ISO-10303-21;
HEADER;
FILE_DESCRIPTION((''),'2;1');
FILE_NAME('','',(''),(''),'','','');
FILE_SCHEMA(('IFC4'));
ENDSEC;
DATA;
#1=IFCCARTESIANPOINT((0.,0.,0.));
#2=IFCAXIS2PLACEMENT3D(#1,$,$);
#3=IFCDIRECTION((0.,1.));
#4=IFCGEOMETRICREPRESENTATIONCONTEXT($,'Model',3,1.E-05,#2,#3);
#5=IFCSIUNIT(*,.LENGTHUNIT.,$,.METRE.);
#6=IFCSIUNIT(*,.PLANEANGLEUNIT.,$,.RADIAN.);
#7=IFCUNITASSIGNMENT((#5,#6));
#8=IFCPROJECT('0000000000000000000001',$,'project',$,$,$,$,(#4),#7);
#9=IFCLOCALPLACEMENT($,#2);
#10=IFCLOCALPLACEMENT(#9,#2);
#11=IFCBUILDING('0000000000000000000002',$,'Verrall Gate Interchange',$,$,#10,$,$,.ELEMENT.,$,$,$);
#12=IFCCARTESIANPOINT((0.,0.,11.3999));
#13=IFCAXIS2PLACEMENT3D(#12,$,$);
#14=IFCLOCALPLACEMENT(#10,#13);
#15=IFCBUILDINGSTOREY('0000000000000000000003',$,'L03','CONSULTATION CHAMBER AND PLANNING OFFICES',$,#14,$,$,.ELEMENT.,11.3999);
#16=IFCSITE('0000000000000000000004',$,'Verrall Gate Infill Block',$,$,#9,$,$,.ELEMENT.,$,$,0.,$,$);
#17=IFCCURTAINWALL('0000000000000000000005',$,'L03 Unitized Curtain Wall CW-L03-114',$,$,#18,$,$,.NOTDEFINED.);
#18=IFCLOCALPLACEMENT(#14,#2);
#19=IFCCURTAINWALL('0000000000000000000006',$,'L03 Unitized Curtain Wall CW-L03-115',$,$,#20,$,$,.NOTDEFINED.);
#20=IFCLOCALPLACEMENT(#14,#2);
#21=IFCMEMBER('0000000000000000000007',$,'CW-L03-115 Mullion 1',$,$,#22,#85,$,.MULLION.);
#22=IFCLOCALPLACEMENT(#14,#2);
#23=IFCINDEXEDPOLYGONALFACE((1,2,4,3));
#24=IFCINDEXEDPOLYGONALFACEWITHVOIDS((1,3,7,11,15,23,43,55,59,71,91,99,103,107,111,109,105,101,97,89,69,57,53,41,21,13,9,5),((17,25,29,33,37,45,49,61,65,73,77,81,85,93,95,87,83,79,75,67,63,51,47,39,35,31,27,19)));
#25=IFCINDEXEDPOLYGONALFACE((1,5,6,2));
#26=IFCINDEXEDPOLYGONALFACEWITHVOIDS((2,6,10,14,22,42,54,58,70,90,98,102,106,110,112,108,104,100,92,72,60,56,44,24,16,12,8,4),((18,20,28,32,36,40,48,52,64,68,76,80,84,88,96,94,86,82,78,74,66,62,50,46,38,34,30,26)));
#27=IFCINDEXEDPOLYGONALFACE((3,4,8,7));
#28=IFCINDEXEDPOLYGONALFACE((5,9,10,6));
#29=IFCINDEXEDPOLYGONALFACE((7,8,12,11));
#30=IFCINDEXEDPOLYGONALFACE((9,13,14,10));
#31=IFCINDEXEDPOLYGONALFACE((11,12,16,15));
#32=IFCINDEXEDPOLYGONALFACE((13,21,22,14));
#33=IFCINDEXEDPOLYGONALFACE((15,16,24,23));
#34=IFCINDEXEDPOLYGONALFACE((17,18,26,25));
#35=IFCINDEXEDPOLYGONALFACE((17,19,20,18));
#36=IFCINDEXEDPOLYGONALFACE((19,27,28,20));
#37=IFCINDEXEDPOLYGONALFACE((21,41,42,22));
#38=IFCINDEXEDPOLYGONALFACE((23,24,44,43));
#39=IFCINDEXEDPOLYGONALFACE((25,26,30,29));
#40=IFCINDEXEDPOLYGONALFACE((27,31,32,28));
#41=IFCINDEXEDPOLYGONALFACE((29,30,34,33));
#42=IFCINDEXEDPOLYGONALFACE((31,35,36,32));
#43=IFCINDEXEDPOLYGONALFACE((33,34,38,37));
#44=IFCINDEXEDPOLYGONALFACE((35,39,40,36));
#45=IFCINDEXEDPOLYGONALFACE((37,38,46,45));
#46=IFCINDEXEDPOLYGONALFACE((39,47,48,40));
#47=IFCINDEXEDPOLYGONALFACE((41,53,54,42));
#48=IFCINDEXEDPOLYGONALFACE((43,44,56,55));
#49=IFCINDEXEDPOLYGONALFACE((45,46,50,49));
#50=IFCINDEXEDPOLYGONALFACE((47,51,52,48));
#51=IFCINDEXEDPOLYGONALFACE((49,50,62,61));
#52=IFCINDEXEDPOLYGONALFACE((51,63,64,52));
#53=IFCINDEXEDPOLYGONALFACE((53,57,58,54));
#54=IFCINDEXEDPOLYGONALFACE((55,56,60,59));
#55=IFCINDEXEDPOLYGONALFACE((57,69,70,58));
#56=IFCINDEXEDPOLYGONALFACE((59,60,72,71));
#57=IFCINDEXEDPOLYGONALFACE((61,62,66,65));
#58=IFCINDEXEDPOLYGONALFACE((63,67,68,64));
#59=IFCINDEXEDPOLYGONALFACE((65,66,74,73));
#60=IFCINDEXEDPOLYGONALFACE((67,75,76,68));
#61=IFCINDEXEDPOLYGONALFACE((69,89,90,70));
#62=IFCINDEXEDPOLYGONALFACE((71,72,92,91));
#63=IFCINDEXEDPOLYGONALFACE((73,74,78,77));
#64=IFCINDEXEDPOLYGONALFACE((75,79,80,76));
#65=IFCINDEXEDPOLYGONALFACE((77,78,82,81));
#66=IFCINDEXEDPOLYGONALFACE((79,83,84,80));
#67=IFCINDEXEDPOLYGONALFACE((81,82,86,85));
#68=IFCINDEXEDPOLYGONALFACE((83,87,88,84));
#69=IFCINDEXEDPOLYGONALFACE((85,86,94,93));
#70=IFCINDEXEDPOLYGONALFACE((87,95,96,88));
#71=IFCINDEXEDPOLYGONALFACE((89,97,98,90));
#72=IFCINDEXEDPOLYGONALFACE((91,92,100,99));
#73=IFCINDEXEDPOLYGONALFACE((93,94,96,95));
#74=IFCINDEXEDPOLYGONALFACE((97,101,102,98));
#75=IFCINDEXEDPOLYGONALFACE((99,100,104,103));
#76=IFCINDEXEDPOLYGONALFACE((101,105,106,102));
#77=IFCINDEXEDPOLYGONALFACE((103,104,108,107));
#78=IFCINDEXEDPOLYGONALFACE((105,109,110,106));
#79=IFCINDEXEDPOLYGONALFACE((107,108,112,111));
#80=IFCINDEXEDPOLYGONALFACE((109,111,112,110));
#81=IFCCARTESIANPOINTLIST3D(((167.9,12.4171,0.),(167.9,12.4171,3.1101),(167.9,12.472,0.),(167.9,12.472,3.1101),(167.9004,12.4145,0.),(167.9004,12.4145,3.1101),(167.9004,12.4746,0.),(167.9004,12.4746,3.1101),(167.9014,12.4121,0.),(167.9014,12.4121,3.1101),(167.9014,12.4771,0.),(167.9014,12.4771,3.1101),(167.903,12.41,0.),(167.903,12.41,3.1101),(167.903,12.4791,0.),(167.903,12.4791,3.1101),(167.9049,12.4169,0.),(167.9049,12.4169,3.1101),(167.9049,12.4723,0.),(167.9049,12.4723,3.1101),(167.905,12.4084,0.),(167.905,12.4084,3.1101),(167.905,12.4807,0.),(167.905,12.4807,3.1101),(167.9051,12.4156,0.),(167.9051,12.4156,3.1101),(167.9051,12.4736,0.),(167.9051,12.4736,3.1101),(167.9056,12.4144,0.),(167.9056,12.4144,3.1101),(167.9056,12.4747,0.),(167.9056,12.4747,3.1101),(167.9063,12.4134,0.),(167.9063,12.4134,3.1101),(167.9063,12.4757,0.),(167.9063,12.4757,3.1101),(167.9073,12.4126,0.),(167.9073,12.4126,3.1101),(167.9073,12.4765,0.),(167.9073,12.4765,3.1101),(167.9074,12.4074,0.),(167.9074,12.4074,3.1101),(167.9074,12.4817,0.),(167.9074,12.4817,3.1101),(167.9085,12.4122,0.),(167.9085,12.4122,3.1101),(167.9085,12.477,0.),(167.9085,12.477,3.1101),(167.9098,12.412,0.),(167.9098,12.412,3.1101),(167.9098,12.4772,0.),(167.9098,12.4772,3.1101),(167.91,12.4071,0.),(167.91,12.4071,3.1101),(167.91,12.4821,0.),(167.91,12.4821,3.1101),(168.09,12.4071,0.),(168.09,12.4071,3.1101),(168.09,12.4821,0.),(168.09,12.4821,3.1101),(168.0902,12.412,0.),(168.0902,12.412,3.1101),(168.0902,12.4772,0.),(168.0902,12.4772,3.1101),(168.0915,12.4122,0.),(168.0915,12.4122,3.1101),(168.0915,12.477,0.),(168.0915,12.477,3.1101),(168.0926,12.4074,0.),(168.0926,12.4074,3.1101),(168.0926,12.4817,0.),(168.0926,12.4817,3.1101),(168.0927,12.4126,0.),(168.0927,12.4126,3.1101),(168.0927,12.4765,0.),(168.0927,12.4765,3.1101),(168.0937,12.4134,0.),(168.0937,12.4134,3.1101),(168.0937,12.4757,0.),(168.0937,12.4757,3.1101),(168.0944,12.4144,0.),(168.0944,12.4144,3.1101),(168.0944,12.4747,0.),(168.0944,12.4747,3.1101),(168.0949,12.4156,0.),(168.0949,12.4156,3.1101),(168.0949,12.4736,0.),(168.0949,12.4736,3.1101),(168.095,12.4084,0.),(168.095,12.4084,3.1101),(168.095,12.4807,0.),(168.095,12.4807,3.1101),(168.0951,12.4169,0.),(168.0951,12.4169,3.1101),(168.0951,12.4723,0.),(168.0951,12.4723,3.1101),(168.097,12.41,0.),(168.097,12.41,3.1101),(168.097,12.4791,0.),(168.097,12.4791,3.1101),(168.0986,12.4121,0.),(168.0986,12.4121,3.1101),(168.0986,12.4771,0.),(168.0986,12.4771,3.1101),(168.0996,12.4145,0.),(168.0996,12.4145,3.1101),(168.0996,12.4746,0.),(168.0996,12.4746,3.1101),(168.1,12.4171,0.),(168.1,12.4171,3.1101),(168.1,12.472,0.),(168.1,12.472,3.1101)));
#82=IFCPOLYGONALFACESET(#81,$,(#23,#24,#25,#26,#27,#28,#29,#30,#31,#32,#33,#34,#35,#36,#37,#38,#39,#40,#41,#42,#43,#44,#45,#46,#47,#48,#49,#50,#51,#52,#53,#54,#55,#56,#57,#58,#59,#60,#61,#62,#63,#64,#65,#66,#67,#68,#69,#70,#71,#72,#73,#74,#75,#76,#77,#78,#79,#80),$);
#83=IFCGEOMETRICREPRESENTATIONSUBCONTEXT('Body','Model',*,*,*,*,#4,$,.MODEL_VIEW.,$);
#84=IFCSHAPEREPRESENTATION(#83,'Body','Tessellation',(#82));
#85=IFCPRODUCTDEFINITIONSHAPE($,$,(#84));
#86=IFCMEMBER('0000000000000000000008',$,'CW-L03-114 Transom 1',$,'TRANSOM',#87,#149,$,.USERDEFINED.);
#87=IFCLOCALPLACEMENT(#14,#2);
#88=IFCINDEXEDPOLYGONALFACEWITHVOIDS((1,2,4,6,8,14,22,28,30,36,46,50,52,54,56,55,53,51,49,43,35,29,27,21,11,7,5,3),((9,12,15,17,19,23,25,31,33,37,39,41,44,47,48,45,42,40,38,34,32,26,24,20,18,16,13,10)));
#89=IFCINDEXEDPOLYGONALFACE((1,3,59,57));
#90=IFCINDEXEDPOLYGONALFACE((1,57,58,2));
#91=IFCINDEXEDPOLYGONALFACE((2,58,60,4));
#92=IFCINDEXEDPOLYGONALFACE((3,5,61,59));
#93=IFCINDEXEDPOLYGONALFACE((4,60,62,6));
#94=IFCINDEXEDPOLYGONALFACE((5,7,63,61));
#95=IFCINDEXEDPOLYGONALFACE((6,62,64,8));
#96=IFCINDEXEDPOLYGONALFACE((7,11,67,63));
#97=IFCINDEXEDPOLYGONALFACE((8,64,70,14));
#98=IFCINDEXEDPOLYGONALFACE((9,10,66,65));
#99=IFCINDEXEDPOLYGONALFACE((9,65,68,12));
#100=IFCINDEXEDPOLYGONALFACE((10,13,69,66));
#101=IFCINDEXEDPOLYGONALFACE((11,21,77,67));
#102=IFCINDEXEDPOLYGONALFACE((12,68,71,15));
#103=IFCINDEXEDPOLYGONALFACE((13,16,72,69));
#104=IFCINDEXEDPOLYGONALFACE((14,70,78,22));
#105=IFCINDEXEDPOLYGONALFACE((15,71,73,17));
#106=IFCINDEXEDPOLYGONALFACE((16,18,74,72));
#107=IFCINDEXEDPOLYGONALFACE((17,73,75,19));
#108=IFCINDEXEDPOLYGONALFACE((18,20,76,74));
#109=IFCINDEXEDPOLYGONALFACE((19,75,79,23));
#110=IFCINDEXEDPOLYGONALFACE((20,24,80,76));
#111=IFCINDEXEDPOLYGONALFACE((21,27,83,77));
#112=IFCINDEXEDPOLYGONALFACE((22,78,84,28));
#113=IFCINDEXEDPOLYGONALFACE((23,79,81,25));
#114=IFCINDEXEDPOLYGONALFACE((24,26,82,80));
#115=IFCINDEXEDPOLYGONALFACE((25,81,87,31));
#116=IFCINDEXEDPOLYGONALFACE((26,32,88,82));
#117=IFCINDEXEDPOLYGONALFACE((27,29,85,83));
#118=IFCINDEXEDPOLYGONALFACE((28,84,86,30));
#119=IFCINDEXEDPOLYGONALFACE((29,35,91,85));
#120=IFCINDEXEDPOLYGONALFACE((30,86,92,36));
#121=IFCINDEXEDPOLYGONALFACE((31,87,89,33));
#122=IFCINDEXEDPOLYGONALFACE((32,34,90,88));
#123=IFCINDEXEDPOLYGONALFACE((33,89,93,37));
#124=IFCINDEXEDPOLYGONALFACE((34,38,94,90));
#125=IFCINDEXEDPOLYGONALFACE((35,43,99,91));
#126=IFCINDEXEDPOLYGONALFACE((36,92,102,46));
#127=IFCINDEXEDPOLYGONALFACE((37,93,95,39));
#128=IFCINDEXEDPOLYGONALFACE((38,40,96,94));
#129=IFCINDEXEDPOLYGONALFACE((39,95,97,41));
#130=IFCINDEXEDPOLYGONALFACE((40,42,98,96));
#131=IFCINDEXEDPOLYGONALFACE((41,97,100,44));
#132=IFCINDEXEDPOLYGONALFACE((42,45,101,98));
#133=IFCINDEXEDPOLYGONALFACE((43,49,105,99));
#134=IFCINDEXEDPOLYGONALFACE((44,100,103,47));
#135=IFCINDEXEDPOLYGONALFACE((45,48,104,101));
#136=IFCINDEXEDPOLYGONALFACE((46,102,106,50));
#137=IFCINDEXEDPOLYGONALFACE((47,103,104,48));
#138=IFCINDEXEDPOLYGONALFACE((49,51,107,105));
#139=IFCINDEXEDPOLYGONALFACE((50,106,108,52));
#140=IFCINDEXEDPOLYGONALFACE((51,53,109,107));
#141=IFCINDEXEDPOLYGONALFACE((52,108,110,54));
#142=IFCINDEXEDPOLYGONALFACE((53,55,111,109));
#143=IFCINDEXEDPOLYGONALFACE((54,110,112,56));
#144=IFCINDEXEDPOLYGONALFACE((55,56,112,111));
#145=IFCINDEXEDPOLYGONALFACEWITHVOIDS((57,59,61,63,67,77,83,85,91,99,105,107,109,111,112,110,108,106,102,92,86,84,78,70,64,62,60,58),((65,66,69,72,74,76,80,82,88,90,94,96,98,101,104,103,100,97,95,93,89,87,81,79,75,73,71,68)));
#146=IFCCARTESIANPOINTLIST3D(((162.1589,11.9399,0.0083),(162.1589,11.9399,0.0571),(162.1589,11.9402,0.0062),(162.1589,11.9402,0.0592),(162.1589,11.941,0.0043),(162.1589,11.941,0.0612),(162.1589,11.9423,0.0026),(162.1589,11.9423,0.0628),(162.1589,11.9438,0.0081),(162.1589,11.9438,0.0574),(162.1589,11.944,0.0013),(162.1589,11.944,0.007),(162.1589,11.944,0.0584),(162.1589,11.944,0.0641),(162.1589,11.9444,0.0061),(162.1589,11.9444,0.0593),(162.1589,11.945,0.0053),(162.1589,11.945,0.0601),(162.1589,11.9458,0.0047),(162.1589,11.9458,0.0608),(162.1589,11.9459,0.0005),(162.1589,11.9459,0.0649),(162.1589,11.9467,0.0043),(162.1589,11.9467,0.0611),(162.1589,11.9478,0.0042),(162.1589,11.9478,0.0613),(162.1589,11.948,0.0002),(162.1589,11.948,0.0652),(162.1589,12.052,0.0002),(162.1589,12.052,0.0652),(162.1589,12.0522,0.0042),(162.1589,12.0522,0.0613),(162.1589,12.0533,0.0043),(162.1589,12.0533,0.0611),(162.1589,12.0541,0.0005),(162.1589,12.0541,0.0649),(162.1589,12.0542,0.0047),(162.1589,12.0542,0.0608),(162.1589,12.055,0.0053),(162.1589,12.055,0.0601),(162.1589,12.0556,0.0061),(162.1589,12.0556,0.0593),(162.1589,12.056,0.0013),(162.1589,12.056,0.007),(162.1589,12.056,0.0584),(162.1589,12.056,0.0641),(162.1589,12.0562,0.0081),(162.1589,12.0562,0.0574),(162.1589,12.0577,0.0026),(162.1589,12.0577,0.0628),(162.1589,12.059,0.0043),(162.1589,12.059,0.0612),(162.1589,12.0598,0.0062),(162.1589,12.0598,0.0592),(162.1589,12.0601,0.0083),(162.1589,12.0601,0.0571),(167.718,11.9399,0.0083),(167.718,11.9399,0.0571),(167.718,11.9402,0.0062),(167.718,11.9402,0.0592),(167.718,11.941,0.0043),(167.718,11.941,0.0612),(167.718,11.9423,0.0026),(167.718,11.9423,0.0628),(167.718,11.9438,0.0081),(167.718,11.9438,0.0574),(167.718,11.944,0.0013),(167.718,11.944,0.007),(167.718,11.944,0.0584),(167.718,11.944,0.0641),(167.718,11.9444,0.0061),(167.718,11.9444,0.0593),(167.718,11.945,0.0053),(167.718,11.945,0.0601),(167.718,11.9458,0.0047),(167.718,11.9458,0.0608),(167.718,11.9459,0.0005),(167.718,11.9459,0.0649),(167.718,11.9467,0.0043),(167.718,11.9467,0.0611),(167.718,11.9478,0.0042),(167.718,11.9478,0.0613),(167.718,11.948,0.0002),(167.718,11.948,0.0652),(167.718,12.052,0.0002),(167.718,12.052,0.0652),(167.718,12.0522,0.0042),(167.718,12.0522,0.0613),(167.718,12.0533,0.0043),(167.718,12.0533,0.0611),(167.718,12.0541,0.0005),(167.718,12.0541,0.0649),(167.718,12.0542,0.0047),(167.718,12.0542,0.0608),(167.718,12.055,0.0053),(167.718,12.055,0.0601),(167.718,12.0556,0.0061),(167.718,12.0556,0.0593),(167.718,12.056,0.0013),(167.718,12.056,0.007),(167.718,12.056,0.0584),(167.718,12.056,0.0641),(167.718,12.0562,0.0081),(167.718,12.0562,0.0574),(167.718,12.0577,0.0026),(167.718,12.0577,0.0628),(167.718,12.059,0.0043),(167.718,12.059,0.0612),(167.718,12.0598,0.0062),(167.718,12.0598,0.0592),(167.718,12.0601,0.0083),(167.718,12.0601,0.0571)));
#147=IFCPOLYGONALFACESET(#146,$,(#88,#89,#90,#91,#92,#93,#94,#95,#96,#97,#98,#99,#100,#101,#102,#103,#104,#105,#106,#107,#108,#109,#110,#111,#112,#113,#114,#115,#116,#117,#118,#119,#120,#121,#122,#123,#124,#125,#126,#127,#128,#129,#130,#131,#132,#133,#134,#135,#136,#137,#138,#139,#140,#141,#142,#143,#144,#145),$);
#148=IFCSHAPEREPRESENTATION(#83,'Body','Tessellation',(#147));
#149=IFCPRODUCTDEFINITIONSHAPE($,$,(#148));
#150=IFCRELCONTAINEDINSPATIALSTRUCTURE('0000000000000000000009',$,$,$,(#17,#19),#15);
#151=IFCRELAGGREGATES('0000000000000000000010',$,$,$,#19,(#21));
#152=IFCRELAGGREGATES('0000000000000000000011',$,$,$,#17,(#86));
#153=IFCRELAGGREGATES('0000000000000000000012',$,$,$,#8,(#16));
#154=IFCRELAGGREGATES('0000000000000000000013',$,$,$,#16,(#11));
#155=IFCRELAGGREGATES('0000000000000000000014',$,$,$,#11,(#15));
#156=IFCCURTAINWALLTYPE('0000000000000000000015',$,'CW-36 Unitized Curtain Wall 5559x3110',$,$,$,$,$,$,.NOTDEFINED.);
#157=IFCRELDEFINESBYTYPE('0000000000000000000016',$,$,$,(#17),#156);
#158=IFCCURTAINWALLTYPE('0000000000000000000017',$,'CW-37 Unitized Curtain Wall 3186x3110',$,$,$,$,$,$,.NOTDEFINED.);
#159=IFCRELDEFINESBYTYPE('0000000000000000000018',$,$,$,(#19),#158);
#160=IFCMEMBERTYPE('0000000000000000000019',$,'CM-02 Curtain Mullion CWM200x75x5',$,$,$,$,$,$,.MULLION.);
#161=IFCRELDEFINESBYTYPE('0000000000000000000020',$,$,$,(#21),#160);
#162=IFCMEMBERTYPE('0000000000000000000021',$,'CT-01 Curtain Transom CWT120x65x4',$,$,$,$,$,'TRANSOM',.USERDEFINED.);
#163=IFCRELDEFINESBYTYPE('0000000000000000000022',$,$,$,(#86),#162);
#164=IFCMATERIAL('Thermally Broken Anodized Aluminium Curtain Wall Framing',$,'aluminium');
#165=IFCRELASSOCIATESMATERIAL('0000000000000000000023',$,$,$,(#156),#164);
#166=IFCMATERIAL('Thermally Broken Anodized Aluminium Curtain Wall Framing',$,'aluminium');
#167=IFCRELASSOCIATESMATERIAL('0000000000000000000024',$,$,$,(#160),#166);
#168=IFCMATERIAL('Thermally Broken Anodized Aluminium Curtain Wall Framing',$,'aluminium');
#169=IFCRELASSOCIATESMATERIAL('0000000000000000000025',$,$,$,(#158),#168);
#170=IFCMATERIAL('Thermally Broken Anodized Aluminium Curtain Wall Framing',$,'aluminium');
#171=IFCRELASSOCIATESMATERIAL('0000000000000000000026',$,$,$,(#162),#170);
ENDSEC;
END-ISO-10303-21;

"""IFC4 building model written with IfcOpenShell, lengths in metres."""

from ifc_helpers import new_model, si_unit, direction, frame, origin, origin_2d, place, context, subcontext, project, spatial, hollow_rectangle, extrude, material, material_profile, profile_set, type_object, element, aggregate, save


model = new_model("IFC4")

# Units and contexts
model_context = context("Model", 3, precision=1e-05, world=origin(), true_north=direction((0.0, 1.0)))
body_context = subcontext(model_context, "Body", "Model", "MODEL_VIEW")
ifc_project = project(units=[si_unit("LENGTHUNIT", "METRE"), si_unit("PLANEANGLEUNIT", "RADIAN")], contexts=[model_context])

# Site, building, storey
site_placement = place(None, origin())
site = spatial("IfcSite", under=ifc_project, at=site_placement, Name="Verrall Gate Infill Block", CompositionType="ELEMENT", RefElevation=0.0)
building_placement = place(site_placement, origin())
building = spatial("IfcBuilding", under=site, at=building_placement, Name="Verrall Gate Interchange", CompositionType="ELEMENT")
storey_placement = place(building_placement, frame((0.0, 0.0, 11.3999)))
storey = spatial("IfcBuildingStorey", under=building, at=storey_placement, Name="L03", Description="CONSULTATION CHAMBER AND PLANNING OFFICES", CompositionType="ELEMENT", Elevation=11.3999)

# Curtain wall
ifc_material_1 = material(Name="Thermally Broken Anodized Aluminium Curtain Wall Framing", Category="aluminium")
curtain_wall_type_1 = type_object("IfcCurtainWallType", Name="CW-36 Unitized Curtain Wall 5559x3110", PredefinedType="NOTDEFINED", material=ifc_material_1)
curtain_wall_1_placement = place(storey_placement, origin())
curtain_wall_1 = element("IfcCurtainWall", 1, at=curtain_wall_1_placement, inside=storey, type_object=curtain_wall_type_1, Name="L03 Unitized Curtain Wall CW-L03-114", PredefinedType="NOTDEFINED")

# Curtain wall, member
ifc_material_2 = material(Name="Thermally Broken Anodized Aluminium Curtain Wall Framing", Category="aluminium")
ifc_material_profile_1 = material_profile(ifc_material_2, hollow_rectangle(XDim=0.075, YDim=0.2, WallThickness=0.0049, InnerFilletRadius=0.0049, OuterFilletRadius=0.01, at=origin_2d()), Name="CWM200x75x5")
ifc_profile_set_1 = profile_set([ifc_material_profile_1], Name="Thermally Broken Anodized Aluminium Curtain Wall Framing")
member_type_1 = type_object("IfcMemberType", Name="CM-02 Curtain Mullion CWM200x75x5", PredefinedType="MULLION", material=ifc_profile_set_1)
ifc_material_3 = material(Name="Thermally Broken Anodized Aluminium Curtain Wall Framing", Category="aluminium")
curtain_wall_type_2 = type_object("IfcCurtainWallType", Name="CW-37 Unitized Curtain Wall 3186x3110", PredefinedType="NOTDEFINED", material=ifc_material_3)
curtain_wall_2_placement = place(storey_placement, origin())
curtain_wall_2 = element("IfcCurtainWall", 2, at=curtain_wall_2_placement, inside=storey, type_object=curtain_wall_type_2, Name="L03 Unitized Curtain Wall CW-L03-115", PredefinedType="NOTDEFINED")
member_1_placement = place(storey_placement, frame((168.0, 12.4446, 0.0), z_axis=(0.0, 0.0, 1.0), x_axis=(0.0, 1.0, 0.0)))
member_1 = element("IfcMember", 3, at=member_1_placement, type_object=member_type_1, Name="CW-L03-115 Mullion 1", PredefinedType="MULLION", context=body_context, shape_type="SweptSolid", body=[
    extrude(hollow_rectangle(XDim=0.075, YDim=0.2, WallThickness=0.0049, InnerFilletRadius=0.0049, OuterFilletRadius=0.01, at=origin_2d()), origin(), (0.0, 0.0, 1.0), 3.1101),
])

# Member
ifc_material_4 = material(Name="Thermally Broken Anodized Aluminium Curtain Wall Framing", Category="aluminium")
ifc_material_profile_2 = material_profile(ifc_material_4, hollow_rectangle(XDim=0.1201, YDim=0.0649, WallThickness=0.0039, InnerFilletRadius=0.0039, OuterFilletRadius=0.0081, at=origin_2d()), Name="CWT120x65x4")
ifc_profile_set_2 = profile_set([ifc_material_profile_2], Name="Thermally Broken Anodized Aluminium Curtain Wall Framing")
member_type_2 = type_object("IfcMemberType", Name="CT-01 Curtain Transom CWT120x65x4", ElementType="TRANSOM", PredefinedType="USERDEFINED", material=ifc_profile_set_2)
member_2_placement = place(storey_placement, frame((162.1589, 12.0, 0.0327), z_axis=(1.0, 0.0, 0.0), x_axis=(0.0, 1.0, 0.0)))
member_2 = element("IfcMember", 4, at=member_2_placement, type_object=member_type_2, Name="CW-L03-114 Transom 1", ObjectType="TRANSOM", PredefinedType="USERDEFINED", context=body_context, shape_type="SweptSolid", body=[
    extrude(hollow_rectangle(XDim=0.1201, YDim=0.0649, WallThickness=0.0039, InnerFilletRadius=0.0039, OuterFilletRadius=0.0081, at=origin_2d()), origin(), (0.0, 0.0, 1.0), 5.5591),
])
aggregate(curtain_wall_2, [member_1])

aggregate(curtain_wall_1, [member_2])

save(model, "model.ifc")
